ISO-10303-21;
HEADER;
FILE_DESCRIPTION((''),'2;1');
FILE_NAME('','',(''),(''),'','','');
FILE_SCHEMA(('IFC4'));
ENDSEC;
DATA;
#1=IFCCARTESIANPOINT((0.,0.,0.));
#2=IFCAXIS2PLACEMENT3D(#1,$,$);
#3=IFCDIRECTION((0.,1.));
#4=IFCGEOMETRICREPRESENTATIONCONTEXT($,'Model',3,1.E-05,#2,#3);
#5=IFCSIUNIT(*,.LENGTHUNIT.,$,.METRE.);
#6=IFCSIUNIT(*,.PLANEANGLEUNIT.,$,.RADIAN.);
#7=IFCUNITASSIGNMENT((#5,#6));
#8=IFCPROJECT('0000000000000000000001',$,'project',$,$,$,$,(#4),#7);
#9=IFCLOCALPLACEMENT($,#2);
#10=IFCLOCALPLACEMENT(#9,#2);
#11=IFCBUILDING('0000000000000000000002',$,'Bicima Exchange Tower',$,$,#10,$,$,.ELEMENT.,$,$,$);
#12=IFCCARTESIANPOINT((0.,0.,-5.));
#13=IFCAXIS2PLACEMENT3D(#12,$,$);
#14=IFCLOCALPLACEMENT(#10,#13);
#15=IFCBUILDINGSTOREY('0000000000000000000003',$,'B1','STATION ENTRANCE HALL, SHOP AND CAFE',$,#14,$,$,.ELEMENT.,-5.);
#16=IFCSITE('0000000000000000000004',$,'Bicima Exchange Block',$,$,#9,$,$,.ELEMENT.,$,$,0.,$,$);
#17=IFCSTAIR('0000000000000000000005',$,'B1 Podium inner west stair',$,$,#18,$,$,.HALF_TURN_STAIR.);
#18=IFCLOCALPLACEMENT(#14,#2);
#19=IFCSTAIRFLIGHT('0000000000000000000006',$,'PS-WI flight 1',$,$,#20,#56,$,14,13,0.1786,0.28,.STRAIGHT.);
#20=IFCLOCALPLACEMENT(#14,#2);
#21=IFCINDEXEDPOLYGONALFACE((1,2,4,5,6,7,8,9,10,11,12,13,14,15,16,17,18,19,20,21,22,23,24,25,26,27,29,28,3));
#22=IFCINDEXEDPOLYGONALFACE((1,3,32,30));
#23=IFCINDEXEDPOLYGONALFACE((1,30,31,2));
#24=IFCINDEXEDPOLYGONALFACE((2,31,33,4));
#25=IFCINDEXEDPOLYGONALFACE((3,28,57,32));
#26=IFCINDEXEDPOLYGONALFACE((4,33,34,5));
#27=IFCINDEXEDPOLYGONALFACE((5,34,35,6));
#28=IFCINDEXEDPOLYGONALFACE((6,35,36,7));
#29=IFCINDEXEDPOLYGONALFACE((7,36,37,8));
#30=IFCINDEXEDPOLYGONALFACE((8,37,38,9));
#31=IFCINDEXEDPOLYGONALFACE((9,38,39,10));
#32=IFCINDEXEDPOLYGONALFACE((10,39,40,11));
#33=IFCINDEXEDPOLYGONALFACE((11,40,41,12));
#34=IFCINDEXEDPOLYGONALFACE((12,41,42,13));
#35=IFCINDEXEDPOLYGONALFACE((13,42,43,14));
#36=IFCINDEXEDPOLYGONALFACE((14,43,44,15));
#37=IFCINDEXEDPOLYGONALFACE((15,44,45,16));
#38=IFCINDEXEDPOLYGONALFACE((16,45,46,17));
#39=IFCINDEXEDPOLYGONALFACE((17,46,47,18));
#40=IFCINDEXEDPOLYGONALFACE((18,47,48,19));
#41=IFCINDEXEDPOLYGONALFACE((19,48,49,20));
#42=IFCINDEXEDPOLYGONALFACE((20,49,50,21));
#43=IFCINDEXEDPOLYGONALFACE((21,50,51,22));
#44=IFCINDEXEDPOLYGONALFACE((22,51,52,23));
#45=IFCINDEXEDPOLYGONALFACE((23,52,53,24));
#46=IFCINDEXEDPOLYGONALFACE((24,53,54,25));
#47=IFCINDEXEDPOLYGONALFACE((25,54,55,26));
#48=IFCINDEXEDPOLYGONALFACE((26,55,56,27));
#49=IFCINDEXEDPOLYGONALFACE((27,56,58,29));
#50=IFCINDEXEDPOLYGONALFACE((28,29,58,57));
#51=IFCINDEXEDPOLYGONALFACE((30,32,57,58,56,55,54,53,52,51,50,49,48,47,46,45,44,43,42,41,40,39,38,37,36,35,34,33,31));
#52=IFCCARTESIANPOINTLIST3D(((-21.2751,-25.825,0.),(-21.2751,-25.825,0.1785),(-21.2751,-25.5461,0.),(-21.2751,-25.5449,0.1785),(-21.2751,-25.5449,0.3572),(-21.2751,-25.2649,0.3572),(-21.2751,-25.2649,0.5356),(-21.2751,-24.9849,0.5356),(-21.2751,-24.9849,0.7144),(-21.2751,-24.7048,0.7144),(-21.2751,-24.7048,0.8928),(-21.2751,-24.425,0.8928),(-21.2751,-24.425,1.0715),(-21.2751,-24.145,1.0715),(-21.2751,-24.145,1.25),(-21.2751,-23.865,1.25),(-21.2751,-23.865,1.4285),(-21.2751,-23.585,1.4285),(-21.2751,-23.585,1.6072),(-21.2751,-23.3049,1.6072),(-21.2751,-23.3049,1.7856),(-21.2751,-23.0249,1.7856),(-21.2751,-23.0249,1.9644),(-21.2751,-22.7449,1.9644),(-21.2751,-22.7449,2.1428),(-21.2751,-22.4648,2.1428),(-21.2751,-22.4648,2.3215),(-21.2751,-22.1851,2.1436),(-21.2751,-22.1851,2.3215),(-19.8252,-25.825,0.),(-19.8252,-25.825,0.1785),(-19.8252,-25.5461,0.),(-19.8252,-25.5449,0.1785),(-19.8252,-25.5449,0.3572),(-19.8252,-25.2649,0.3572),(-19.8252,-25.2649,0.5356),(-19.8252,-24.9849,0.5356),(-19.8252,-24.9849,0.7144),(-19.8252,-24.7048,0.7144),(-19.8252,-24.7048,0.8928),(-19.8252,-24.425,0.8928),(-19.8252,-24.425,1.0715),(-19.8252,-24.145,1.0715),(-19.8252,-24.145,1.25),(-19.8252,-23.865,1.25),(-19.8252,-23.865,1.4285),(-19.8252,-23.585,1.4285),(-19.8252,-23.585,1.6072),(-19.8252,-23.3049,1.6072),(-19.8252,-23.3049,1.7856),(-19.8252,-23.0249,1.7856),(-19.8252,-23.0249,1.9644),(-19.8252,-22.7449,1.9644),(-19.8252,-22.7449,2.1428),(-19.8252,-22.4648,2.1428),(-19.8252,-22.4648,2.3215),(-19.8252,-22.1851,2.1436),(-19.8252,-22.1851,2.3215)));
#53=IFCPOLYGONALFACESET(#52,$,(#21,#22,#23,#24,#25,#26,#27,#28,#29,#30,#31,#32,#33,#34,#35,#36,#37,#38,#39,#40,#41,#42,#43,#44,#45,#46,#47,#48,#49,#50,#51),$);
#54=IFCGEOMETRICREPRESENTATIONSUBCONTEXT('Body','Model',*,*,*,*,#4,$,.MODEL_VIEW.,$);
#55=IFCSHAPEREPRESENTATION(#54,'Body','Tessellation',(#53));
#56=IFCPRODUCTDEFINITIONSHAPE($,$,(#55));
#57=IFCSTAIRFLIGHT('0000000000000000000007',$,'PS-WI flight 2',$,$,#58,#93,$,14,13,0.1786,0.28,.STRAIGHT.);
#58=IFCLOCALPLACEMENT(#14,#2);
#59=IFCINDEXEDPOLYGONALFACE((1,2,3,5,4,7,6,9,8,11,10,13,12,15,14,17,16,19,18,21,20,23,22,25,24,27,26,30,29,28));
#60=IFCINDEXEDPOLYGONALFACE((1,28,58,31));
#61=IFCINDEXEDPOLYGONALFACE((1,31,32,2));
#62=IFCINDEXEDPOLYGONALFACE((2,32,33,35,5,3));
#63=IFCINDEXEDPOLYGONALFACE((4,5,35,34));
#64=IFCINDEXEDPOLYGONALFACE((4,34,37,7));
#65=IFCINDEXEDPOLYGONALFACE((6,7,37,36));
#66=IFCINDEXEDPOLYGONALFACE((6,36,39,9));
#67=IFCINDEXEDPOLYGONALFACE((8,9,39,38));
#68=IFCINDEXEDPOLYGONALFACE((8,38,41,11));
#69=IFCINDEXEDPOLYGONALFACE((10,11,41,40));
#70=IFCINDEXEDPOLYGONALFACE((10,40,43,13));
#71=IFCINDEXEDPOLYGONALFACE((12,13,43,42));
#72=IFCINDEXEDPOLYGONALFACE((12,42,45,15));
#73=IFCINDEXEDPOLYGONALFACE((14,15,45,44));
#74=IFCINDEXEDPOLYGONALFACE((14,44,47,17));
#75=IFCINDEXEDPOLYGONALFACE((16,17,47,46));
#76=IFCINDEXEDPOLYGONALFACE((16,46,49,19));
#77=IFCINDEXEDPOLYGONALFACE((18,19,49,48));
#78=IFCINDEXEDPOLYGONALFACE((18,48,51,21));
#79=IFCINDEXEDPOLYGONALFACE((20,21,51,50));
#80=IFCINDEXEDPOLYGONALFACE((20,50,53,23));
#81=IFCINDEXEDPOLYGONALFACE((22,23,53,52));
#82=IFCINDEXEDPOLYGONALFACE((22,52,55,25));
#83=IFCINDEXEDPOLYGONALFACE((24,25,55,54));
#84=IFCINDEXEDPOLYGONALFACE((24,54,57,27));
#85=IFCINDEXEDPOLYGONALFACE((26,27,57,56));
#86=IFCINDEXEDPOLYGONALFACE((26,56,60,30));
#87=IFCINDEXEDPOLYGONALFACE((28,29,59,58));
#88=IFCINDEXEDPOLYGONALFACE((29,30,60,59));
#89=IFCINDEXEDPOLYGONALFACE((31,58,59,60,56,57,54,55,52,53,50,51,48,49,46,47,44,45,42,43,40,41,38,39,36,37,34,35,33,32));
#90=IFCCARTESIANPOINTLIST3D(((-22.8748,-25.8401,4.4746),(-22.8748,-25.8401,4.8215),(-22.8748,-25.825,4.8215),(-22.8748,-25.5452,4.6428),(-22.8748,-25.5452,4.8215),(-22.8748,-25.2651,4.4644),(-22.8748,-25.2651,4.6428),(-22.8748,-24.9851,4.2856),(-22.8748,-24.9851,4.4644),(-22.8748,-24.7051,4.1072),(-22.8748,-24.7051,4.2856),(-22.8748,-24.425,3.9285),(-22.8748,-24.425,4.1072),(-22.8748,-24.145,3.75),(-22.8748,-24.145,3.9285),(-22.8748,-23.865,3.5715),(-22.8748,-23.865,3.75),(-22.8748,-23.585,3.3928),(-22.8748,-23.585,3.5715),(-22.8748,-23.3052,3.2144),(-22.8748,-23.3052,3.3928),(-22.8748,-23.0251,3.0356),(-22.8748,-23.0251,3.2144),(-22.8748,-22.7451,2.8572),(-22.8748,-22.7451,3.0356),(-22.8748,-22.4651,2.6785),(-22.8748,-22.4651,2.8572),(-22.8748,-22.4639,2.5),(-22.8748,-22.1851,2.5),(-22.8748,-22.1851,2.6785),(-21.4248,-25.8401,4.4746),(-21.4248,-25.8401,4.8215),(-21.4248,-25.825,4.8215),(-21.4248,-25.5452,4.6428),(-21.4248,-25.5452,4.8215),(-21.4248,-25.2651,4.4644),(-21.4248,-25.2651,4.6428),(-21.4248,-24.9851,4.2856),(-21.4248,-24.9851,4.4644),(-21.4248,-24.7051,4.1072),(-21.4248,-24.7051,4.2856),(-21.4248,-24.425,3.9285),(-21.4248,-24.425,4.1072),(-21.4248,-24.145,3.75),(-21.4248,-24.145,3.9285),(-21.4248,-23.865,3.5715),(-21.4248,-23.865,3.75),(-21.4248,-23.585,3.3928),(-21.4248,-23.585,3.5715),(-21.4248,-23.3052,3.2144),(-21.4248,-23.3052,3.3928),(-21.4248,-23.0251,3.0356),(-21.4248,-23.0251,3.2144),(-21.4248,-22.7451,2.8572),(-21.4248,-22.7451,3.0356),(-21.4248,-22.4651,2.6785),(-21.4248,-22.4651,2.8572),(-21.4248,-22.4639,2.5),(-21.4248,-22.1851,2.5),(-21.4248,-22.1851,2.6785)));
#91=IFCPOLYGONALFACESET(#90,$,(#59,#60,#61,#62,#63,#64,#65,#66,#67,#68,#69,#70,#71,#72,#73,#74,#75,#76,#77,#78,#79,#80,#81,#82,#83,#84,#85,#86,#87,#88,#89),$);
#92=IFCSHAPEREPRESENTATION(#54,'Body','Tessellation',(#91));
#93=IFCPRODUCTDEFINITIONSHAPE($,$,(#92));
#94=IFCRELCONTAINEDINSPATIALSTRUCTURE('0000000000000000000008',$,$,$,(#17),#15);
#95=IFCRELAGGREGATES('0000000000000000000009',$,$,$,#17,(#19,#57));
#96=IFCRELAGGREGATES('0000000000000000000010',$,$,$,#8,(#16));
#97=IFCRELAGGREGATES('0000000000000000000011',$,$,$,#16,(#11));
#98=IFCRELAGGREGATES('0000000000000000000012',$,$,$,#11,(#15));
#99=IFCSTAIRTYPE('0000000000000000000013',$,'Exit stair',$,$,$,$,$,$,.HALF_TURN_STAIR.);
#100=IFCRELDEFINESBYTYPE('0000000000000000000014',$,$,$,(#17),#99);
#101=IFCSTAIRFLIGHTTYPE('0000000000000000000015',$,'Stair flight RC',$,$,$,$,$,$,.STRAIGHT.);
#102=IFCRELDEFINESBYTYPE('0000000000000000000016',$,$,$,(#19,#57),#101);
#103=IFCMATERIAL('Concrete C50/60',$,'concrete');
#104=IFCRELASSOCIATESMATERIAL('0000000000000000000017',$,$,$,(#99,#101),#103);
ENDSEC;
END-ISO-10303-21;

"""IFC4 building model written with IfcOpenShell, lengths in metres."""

from ifc_helpers import new_model, si_unit, direction, frame, origin, place, context, subcontext, project, spatial, polyline, outline, extrude, material, type_object, element, aggregate, save


model = new_model("IFC4")

# Units and contexts
model_context = context("Model", 3, precision=1e-05, world=origin(), true_north=direction((0.0, 1.0)))
body_context = subcontext(model_context, "Body", "Model", "MODEL_VIEW")
ifc_project = project(units=[si_unit("LENGTHUNIT", "METRE"), si_unit("PLANEANGLEUNIT", "RADIAN")], contexts=[model_context])

# Site, building, storey
site_placement = place(None, origin())
site = spatial("IfcSite", under=ifc_project, at=site_placement, Name="Bicima Exchange Block", CompositionType="ELEMENT", RefElevation=0.0)
building_placement = place(site_placement, origin())
building = spatial("IfcBuilding", under=site, at=building_placement, Name="Bicima Exchange Tower", CompositionType="ELEMENT")
storey_placement = place(building_placement, frame((0.0, 0.0, -5.0)))
storey = spatial("IfcBuildingStorey", under=building, at=storey_placement, Name="B1", Description="STATION ENTRANCE HALL, SHOP AND CAFE", CompositionType="ELEMENT", Elevation=-5.0)

# Shared definitions
ifc_material_1 = material(Name="Concrete C50/60", Category="concrete")

# Stair, stair flights
stair_type = type_object("IfcStairType", Name="Exit stair", PredefinedType="HALF_TURN_STAIR", material=ifc_material_1)
stair_placement = place(storey_placement, origin())
stair = element("IfcStair", 1, at=stair_placement, inside=storey, type_object=stair_type, Name="B1 Podium inner west stair", PredefinedType="HALF_TURN_STAIR")
stair_flight_type = type_object("IfcStairFlightType", Name="Stair flight RC", PredefinedType="STRAIGHT", material=ifc_material_1)
stair_flight_1_placement = place(storey_placement, frame((-20.55, -25.825, 0.0), z_axis=(0.0, 0.0, 1.0), x_axis=(0.0, 1.0, 0.0)))
stair_flight_1 = element("IfcStairFlight", 2, at=stair_flight_1_placement, type_object=stair_flight_type, Name="PS-WI flight 1", NumberOfRisers=14, NumberOfTreads=13, PredefinedType="STRAIGHT", RiserHeight=0.1786, TreadLength=0.28, context=body_context, shape_type="SweptSolid", body=[
    extrude(outline(polyline([(0.0, 0.0), (0.0, 0.1785), (0.28, 0.1785), (0.28, 0.3572), (0.5601, 0.3572), (0.5601, 0.5356), (0.8401, 0.5356), (0.8401, 0.7144), (1.1201, 0.7144), (1.1201, 0.8928), (1.3999, 0.8928), (1.3999, 1.0715), (1.6799, 1.0715), (1.6799, 1.25), (1.96, 1.25), (1.96, 1.4285), (2.24, 1.4285), (2.24, 1.6072), (2.52, 1.6072), (2.52, 1.7856), (2.8, 1.7856), (2.8, 1.9644), (3.0801, 1.9644), (3.0801, 2.1428), (3.3601, 2.1428), (3.3601, 2.3215), (3.6399, 2.3215), (3.6399, 2.5), (3.6399, 2.1436), (0.2788, 0.0), (0.0, 0.0)])), frame((0.0, 0.7251, 0.0), z_axis=(0.0, -1.0, 0.0), x_axis=(1.0, 0.0, 0.0)), (0.0, 0.0, 1.0), 1.45),
])
stair_flight_2_placement = place(storey_placement, frame((-22.1499, -22.1851, 2.5), z_axis=(0.0, 0.0, 1.0), x_axis=(0.0, -1.0, 0.0)))
stair_flight_2 = element("IfcStairFlight", 3, at=stair_flight_2_placement, type_object=stair_flight_type, Name="PS-WI flight 2", NumberOfRisers=14, NumberOfTreads=13, PredefinedType="STRAIGHT", RiserHeight=0.1786, TreadLength=0.28, context=body_context, shape_type="SweptSolid", body=[
    extrude(outline(polyline([(0.0, 0.0), (0.0, 0.1785), (0.28, 0.1785), (0.28, 0.3572), (0.5601, 0.3572), (0.5601, 0.5356), (0.8401, 0.5356), (0.8401, 0.7144), (1.1201, 0.7144), (1.1201, 0.8928), (1.3999, 0.8928), (1.3999, 1.0715), (1.6799, 1.0715), (1.6799, 1.25), (1.96, 1.25), (1.96, 1.4285), (2.24, 1.4285), (2.24, 1.6072), (2.52, 1.6072), (2.52, 1.7856), (2.8, 1.7856), (2.8, 1.9644), (3.0801, 1.9644), (3.0801, 2.1428), (3.3601, 2.1428), (3.3601, 2.3215), (3.6399, 2.3215), (3.655, 2.3215), (3.655, 1.9746), (0.2788, 0.0), (0.0, 0.0)])), frame((0.0, 0.7251, 0.0), z_axis=(0.0, -1.0, 0.0), x_axis=(1.0, 0.0, 0.0)), (0.0, 0.0, 1.0), 1.45),
])
aggregate(stair, [stair_flight_1, stair_flight_2])

save(model, "model.ifc")
